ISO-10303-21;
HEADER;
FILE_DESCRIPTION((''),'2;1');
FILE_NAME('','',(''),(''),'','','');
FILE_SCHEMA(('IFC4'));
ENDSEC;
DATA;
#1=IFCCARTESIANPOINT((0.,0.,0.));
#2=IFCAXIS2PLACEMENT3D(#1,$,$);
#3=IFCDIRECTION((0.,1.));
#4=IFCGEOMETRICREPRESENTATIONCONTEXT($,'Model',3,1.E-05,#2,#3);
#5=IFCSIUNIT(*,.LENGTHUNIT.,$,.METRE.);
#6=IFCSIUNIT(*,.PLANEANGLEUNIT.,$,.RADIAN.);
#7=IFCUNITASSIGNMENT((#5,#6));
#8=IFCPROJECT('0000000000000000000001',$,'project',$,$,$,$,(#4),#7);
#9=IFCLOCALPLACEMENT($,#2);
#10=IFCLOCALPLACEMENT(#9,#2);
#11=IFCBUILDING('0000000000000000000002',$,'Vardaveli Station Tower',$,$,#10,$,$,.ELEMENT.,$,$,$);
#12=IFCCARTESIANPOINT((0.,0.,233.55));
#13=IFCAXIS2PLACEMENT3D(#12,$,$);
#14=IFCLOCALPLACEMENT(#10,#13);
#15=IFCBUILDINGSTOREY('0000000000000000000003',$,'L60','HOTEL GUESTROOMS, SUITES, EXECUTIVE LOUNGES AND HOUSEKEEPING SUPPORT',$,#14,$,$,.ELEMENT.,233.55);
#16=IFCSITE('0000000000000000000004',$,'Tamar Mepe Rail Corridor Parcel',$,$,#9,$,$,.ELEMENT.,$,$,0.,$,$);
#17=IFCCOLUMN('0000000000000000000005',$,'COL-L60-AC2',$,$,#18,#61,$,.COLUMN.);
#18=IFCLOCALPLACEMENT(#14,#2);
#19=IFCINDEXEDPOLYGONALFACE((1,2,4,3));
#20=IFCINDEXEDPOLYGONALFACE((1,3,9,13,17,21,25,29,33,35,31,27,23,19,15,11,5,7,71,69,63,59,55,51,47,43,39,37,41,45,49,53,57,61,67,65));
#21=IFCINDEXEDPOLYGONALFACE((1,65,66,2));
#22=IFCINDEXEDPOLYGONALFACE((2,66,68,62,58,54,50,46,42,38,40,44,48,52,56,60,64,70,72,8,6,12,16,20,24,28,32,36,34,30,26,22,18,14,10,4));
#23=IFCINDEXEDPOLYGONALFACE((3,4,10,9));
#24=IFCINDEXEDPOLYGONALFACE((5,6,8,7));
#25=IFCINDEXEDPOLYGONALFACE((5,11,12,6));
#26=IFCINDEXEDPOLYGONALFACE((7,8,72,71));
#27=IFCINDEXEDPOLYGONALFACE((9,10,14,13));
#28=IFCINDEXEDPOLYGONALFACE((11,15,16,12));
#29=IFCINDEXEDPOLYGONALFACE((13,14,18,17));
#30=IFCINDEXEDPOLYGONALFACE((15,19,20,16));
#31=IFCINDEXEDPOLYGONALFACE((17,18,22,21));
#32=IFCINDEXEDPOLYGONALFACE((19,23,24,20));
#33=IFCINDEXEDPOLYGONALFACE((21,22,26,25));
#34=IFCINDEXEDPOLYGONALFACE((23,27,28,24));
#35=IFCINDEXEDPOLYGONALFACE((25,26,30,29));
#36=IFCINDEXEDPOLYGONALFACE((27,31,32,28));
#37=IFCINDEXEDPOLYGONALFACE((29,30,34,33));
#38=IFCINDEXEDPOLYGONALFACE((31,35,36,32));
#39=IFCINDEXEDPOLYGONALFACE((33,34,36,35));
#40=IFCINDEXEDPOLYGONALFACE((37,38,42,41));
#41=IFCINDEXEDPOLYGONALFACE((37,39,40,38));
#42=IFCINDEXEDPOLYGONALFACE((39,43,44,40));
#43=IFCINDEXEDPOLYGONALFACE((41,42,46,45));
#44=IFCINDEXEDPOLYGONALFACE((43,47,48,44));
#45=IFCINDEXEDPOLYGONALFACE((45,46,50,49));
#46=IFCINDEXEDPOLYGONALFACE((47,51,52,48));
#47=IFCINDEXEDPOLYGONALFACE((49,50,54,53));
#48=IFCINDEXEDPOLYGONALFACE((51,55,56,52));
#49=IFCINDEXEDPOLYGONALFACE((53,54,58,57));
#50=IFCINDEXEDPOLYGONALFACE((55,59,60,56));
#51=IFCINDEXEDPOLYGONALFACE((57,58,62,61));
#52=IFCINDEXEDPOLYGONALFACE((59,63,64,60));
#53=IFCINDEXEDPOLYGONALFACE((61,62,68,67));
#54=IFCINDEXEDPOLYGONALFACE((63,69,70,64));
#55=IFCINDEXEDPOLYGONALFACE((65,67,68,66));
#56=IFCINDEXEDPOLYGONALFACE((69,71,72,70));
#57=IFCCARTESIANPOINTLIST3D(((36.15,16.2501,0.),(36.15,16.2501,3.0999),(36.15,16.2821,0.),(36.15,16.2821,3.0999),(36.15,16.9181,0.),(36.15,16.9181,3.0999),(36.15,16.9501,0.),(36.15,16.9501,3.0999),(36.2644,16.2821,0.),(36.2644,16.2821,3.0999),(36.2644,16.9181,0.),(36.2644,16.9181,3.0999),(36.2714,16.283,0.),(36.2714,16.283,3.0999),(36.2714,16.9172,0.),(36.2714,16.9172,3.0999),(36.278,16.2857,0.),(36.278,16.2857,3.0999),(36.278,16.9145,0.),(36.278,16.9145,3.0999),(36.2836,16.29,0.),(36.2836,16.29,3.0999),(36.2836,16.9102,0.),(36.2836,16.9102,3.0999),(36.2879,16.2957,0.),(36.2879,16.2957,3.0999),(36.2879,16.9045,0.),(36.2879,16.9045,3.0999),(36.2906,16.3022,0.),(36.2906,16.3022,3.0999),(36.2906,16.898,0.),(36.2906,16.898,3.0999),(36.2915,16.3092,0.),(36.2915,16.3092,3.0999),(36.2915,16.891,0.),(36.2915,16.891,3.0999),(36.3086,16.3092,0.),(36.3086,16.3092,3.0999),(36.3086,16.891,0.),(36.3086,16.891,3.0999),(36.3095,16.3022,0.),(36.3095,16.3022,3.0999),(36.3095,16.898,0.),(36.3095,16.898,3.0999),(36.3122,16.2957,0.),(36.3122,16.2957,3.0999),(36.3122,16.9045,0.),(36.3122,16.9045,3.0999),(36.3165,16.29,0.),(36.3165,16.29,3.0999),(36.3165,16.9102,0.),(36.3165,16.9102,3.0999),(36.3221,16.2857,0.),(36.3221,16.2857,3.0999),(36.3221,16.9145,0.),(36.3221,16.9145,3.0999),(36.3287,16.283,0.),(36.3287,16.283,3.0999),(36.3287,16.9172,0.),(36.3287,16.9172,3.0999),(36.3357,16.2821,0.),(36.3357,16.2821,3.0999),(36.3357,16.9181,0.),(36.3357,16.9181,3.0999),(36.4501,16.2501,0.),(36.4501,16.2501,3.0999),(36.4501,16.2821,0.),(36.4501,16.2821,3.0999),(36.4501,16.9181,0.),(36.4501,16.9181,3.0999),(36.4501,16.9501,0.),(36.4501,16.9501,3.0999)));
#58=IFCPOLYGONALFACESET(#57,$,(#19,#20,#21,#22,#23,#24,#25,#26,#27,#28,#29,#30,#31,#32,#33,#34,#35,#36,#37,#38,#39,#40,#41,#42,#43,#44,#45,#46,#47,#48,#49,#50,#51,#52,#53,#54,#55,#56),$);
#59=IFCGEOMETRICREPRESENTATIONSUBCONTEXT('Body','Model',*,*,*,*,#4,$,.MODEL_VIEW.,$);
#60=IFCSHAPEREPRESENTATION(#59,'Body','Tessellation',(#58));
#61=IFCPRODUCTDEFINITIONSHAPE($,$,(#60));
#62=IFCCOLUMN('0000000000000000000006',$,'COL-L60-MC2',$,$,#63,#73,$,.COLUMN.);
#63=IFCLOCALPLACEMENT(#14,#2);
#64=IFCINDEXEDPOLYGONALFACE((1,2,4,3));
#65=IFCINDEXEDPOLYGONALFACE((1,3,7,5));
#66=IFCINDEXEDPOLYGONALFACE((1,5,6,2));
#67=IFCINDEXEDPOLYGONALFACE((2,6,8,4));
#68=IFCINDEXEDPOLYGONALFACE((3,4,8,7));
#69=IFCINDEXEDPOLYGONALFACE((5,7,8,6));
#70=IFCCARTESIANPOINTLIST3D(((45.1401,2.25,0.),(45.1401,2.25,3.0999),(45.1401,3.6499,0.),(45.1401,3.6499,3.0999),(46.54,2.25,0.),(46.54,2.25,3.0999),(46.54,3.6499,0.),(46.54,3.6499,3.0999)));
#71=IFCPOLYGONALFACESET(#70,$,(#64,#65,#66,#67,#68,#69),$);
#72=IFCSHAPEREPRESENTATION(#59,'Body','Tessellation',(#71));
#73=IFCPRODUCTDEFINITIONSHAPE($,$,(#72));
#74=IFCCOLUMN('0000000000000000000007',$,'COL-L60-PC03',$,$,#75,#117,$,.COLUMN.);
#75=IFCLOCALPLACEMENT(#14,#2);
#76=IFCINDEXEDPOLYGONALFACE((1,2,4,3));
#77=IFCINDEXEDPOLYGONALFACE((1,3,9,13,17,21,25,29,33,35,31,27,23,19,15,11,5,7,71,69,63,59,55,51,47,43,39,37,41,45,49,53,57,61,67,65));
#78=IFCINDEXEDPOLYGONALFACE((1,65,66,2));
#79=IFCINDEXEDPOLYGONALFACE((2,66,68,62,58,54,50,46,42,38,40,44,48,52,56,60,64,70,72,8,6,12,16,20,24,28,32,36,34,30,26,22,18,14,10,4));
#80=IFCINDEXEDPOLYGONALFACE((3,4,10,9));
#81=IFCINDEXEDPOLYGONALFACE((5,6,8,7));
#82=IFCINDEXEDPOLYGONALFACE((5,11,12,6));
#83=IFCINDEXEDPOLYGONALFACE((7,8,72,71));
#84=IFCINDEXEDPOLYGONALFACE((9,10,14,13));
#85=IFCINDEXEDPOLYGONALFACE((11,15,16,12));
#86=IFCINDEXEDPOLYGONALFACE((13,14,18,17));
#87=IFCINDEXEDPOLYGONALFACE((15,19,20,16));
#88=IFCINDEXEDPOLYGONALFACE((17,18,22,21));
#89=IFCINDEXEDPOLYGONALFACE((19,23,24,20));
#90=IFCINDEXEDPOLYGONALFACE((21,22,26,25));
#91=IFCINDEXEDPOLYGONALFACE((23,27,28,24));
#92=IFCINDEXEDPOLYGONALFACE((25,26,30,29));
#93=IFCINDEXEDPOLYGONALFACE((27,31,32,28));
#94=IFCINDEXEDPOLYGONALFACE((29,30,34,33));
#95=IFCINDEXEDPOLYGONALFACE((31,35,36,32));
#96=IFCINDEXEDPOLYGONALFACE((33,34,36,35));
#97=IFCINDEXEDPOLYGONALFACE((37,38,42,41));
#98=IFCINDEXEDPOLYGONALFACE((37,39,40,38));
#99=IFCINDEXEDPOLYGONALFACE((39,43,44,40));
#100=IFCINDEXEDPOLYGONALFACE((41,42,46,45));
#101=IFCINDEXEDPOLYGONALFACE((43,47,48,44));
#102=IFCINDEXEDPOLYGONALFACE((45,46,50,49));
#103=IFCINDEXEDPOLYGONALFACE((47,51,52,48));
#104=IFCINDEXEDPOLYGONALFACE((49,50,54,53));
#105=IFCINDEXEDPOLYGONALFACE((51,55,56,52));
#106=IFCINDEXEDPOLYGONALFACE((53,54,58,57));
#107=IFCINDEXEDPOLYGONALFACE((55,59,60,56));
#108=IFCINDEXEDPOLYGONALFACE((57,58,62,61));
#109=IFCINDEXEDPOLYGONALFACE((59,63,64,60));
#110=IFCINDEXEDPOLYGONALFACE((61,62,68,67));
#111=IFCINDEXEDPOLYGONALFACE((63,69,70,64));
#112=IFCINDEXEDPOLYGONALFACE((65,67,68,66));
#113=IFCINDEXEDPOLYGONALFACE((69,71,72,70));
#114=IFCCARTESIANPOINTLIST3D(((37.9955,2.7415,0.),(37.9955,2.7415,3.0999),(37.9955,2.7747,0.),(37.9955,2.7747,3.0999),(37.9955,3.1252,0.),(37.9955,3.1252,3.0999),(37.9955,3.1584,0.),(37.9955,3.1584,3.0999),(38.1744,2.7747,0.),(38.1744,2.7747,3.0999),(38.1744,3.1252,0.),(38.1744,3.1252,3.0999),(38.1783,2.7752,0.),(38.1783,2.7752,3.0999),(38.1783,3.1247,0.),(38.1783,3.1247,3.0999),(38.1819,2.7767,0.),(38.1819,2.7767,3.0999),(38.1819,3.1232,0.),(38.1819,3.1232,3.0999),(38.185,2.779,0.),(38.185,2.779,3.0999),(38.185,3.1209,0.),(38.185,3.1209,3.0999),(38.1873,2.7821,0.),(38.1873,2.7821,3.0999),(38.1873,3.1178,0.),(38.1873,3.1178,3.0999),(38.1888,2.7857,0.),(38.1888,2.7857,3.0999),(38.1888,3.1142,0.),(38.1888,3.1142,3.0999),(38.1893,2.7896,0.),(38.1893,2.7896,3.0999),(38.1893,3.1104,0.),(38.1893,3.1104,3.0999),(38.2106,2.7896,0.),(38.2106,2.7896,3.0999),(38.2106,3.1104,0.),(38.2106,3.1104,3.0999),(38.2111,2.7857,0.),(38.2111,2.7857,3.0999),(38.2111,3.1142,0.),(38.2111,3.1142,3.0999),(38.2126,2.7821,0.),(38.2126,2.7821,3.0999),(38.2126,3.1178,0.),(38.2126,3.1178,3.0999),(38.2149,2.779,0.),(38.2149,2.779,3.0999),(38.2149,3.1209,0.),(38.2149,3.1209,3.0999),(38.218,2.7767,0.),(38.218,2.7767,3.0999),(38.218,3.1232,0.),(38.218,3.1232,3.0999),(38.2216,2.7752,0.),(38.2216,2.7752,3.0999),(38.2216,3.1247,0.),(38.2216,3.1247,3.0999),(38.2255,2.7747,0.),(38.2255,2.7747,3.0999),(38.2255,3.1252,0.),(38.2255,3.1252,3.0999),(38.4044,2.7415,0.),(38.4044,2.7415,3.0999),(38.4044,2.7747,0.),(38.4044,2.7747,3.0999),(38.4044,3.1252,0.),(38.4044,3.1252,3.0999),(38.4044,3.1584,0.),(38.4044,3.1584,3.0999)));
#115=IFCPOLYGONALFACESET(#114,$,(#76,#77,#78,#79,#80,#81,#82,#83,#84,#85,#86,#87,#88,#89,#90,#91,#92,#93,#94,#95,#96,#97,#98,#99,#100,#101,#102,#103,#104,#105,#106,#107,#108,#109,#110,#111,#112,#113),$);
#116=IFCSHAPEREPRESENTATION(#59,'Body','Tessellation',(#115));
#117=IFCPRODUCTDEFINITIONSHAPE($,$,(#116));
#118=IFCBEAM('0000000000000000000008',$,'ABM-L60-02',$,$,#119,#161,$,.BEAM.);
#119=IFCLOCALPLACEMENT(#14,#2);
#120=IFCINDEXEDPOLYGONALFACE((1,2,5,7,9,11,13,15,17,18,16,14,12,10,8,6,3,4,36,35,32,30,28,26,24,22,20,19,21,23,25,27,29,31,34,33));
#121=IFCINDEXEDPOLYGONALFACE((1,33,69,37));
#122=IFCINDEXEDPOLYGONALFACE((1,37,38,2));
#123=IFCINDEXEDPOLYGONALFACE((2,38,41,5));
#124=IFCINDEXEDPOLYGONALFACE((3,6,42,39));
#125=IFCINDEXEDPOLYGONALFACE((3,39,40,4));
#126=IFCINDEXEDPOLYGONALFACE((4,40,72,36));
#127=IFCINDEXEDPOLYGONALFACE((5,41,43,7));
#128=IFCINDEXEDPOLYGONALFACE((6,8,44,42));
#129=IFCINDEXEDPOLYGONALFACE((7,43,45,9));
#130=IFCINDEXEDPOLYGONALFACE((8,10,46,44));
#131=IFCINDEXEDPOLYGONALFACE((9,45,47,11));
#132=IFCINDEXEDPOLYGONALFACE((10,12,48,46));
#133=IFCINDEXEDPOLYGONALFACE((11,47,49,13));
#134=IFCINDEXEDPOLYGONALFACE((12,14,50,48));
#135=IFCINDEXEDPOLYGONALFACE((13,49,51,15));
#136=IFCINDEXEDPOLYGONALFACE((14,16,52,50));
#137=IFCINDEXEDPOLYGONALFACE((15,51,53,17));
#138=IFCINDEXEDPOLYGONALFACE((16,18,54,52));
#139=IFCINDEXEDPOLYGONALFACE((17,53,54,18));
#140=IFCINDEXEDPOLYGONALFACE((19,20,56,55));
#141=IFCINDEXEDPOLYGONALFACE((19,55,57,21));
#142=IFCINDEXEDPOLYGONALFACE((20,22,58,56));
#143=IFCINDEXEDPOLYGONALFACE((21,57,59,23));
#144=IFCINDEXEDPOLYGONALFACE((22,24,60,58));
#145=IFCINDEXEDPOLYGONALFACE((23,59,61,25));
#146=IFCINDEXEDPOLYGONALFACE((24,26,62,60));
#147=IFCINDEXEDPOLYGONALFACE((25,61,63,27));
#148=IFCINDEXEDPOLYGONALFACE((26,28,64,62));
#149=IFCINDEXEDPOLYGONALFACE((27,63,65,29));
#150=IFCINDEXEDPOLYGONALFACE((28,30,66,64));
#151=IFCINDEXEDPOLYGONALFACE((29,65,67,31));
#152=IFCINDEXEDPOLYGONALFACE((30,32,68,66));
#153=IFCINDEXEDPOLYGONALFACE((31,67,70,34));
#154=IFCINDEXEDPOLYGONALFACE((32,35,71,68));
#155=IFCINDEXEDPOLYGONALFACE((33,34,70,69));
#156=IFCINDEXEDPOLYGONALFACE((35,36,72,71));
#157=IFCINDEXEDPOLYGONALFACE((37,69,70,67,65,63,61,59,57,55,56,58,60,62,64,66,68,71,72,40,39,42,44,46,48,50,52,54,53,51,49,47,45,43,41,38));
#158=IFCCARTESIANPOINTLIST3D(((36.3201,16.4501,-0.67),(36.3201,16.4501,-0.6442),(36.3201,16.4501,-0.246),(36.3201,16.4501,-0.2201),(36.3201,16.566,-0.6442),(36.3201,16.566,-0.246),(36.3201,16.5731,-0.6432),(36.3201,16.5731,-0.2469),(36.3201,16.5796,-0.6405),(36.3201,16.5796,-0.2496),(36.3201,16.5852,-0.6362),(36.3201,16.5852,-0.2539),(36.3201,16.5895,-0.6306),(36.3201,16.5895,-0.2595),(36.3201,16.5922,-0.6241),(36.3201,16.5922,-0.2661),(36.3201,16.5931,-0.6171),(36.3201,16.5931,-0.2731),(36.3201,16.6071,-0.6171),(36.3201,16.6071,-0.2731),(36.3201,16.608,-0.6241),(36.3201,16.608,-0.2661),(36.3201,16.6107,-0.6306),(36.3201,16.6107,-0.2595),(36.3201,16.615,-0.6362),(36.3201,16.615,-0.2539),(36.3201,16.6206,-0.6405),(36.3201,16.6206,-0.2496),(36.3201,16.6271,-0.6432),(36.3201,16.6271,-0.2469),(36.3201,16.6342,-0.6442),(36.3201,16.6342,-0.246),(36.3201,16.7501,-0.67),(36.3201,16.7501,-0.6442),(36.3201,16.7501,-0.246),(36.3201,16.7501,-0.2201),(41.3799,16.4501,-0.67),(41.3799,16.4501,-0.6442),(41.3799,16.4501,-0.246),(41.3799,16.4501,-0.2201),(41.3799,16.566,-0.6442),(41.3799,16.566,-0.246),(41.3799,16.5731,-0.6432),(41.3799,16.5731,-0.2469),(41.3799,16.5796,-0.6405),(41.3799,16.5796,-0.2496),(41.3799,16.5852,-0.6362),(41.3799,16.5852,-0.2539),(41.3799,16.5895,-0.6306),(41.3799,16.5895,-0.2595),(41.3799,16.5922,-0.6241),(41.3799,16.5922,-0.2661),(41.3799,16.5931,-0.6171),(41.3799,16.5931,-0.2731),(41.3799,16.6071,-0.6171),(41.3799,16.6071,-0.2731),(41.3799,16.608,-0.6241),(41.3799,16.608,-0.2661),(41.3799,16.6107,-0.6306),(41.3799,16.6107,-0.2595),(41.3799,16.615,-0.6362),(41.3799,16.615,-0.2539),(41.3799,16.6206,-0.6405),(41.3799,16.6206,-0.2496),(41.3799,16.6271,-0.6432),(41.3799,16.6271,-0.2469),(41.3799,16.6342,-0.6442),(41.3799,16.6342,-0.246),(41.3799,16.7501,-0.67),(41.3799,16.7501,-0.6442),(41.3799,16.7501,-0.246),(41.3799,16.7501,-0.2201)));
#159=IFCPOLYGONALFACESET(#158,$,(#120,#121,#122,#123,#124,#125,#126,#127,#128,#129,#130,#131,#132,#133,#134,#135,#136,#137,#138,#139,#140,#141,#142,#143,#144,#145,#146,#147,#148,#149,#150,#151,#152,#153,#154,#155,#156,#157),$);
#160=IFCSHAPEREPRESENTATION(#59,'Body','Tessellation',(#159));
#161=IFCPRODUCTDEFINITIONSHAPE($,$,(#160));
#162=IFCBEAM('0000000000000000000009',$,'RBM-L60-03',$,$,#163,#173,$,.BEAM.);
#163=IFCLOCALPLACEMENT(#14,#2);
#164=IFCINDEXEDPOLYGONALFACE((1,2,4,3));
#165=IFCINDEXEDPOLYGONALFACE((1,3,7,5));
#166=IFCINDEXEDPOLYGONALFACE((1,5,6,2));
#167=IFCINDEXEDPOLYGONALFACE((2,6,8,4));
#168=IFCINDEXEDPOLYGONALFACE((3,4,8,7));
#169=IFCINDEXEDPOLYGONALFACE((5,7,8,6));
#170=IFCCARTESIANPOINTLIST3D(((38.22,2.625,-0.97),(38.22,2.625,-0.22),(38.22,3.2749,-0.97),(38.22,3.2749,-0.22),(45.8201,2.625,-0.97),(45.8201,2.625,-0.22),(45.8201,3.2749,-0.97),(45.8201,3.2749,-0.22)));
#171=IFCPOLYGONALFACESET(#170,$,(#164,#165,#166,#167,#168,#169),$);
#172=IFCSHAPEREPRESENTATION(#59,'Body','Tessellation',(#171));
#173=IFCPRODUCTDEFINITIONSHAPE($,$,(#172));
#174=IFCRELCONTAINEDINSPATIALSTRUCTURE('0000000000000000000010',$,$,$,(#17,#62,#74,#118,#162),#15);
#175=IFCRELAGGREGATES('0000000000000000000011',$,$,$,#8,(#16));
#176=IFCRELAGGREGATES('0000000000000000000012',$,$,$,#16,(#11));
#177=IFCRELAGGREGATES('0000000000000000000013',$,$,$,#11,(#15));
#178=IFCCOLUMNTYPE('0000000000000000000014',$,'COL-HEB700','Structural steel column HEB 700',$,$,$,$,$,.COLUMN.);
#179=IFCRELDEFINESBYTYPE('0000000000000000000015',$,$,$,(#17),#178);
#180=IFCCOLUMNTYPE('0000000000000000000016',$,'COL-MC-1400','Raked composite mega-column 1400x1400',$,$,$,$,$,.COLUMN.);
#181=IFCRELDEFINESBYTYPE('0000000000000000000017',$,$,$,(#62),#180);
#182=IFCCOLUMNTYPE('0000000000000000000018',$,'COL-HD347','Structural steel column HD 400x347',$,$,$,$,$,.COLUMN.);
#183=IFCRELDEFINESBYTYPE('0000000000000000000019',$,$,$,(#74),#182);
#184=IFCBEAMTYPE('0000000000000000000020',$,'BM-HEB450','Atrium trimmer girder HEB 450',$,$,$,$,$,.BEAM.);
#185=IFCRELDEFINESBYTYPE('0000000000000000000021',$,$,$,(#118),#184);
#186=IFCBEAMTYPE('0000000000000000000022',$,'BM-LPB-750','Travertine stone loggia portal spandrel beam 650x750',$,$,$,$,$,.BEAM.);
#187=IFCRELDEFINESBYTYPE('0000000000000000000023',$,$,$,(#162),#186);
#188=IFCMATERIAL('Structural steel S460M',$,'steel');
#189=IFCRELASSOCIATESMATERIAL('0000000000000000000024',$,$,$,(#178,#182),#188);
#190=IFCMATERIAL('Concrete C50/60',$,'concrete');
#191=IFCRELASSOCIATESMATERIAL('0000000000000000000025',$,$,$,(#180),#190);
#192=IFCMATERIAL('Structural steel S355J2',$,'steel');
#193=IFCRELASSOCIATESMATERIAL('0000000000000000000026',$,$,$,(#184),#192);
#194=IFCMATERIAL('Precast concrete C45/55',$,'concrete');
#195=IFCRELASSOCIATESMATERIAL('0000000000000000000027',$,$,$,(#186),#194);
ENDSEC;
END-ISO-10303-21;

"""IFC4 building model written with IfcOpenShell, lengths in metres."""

from ifc_helpers import new_model, si_unit, direction, frame, origin, origin_2d, place, context, subcontext, project, spatial, rectangle, i_section, extrude, source, transform, mapped, material, material_profile, profile_set, type_object, element, save


model = new_model("IFC4")

# Units and contexts
model_context = context("Model", 3, precision=1e-05, world=origin(), true_north=direction((0.0, 1.0)))
body_context = subcontext(model_context, "Body", "Model", "MODEL_VIEW")
ifc_project = project(units=[si_unit("LENGTHUNIT", "METRE"), si_unit("PLANEANGLEUNIT", "RADIAN")], contexts=[model_context])

# Site, building, storey
site_placement = place(None, origin())
site = spatial("IfcSite", under=ifc_project, at=site_placement, Name="Tamar Mepe Rail Corridor Parcel", CompositionType="ELEMENT", RefElevation=0.0)
building_placement = place(site_placement, origin())
building = spatial("IfcBuilding", under=site, at=building_placement, Name="Vardaveli Station Tower", CompositionType="ELEMENT")
storey_placement = place(building_placement, frame((0.0, 0.0, 233.55)))
storey = spatial("IfcBuildingStorey", under=building, at=storey_placement, Name="L60", Description="HOTEL GUESTROOMS, SUITES, EXECUTIVE LOUNGES AND HOUSEKEEPING SUPPORT", CompositionType="ELEMENT", Elevation=233.55)

# Columns
ifc_material_1 = material(Name="Structural steel S460M", Category="steel")
ifc_material_profile_1 = material_profile(ifc_material_1, i_section(OverallWidth=0.3, OverallDepth=0.7, WebThickness=0.0171, FlangeThickness=0.032, FilletRadius=0.0271, at=origin_2d()), Name="HEB 700")
ifc_profile_set_1 = profile_set([ifc_material_profile_1], Name="Structural steel S460M")
column_type_1 = type_object("IfcColumnType", Name="COL-HEB700", Description="Structural steel column HEB 700", PredefinedType="COLUMN", material=ifc_profile_set_1)
shared_shape_1 = source(origin(), body_context, "Body", "SweptSolid", [
    extrude(i_section(OverallWidth=0.3, OverallDepth=0.7, WebThickness=0.0171, FlangeThickness=0.032, FilletRadius=0.0271, at=origin_2d()), origin(), (0.0, 0.0, 1.0), 3.0999),
])
column_1_placement = place(storey_placement, frame((36.3, 16.6001, 0.0), z_axis=(0.0, 0.0, 1.0), x_axis=(1.0, 0.0, 0.0)))
element("IfcColumn", 1, at=column_1_placement, inside=storey, type_object=column_type_1, Name="COL-L60-AC2", PredefinedType="COLUMN", context=body_context, shape_type="MappedRepresentation", body=[
    mapped(shared_shape_1, transform((0.0, 0.0, 0.0), scale=1.0)),
])
ifc_material_2 = material(Name="Concrete C50/60", Category="concrete")
ifc_material_profile_2 = material_profile(ifc_material_2, rectangle(XDim=1.3999, YDim=1.3999, at=origin_2d()), Name="MC 1400x1400")
ifc_profile_set_2 = profile_set([ifc_material_profile_2], Name="Concrete C50/60")
column_type_2 = type_object("IfcColumnType", Name="COL-MC-1400", Description="Raked composite mega-column 1400x1400", PredefinedType="COLUMN", material=ifc_profile_set_2)
shared_shape_2 = source(origin(), body_context, "Body", "SweptSolid", [
    extrude(rectangle(XDim=1.3999, YDim=1.3999, at=origin_2d()), origin(), (0.0, 0.0, 1.0), 3.0999),
])
column_2_placement = place(storey_placement, frame((45.8401, 2.95, 0.0), z_axis=(0.0, 0.0, 1.0), x_axis=(1.0, 0.0, 0.0)))
element("IfcColumn", 2, at=column_2_placement, inside=storey, type_object=column_type_2, Name="COL-L60-MC2", PredefinedType="COLUMN", context=body_context, shape_type="MappedRepresentation", body=[
    mapped(shared_shape_2, transform((0.0, 0.0, 0.0), scale=1.0)),
])
ifc_material_profile_3 = material_profile(ifc_material_1, i_section(OverallWidth=0.4089, OverallDepth=0.417, WebThickness=0.0212, FlangeThickness=0.0332, FilletRadius=0.0149, at=origin_2d()), Name="HD 400x347")
ifc_profile_set_3 = profile_set([ifc_material_profile_3], Name="Structural steel S460M")
column_type_3 = type_object("IfcColumnType", Name="COL-HD347", Description="Structural steel column HD 400x347", PredefinedType="COLUMN", material=ifc_profile_set_3)
shared_shape_3 = source(origin(), body_context, "Body", "SweptSolid", [
    extrude(i_section(OverallWidth=0.4089, OverallDepth=0.417, WebThickness=0.0212, FlangeThickness=0.0332, FilletRadius=0.0149, at=origin_2d()), origin(), (0.0, 0.0, 1.0), 3.0999),
])
column_3_placement = place(storey_placement, frame((38.2, 2.95, 0.0), z_axis=(0.0, 0.0, 1.0), x_axis=(1.0, 0.0, 0.0)))
element("IfcColumn", 3, at=column_3_placement, inside=storey, type_object=column_type_3, Name="COL-L60-PC03", PredefinedType="COLUMN", context=body_context, shape_type="MappedRepresentation", body=[
    mapped(shared_shape_3, transform((0.0, 0.0, 0.0), scale=1.0)),
])

# Beams
ifc_material_3 = material(Name="Structural steel S355J2", Category="steel")
ifc_material_profile_4 = material_profile(ifc_material_3, i_section(OverallWidth=0.3, OverallDepth=0.45, WebThickness=0.0139, FlangeThickness=0.0259, FilletRadius=0.0271, at=origin_2d()), Name="HEB 450")
ifc_profile_set_4 = profile_set([ifc_material_profile_4], Name="Structural steel S355J2")
beam_type_1 = type_object("IfcBeamType", Name="BM-HEB450", Description="Atrium trimmer girder HEB 450", PredefinedType="BEAM", material=ifc_profile_set_4)
shared_shape_4 = source(origin(), body_context, "Body", "SweptSolid", [
    extrude(i_section(OverallWidth=0.3, OverallDepth=0.45, WebThickness=0.0139, FlangeThickness=0.0259, FilletRadius=0.0271, at=origin_2d()), origin(), (0.0, 0.0, 1.0), 5.0598),
])
beam_1_placement = place(storey_placement, frame((36.3201, 16.6001, -0.4451), z_axis=(1.0, 0.0, 0.0), x_axis=(0.0, 1.0, 0.0)))
element("IfcBeam", 4, at=beam_1_placement, inside=storey, type_object=beam_type_1, Name="ABM-L60-02", PredefinedType="BEAM", context=body_context, shape_type="MappedRepresentation", body=[
    mapped(shared_shape_4, transform((0.0, 0.0, 0.0), scale=1.0)),
])
ifc_material_4 = material(Name="Precast concrete C45/55", Category="concrete")
ifc_material_profile_5 = material_profile(ifc_material_4, rectangle(XDim=0.6499, YDim=0.75, at=origin_2d()), Name="LPB 650x750")
ifc_profile_set_5 = profile_set([ifc_material_profile_5], Name="Precast concrete C45/55")
beam_type_2 = type_object("IfcBeamType", Name="BM-LPB-750", Description="Travertine stone loggia portal spandrel beam 650x750", PredefinedType="BEAM", material=ifc_profile_set_5)
shared_shape_5 = source(origin(), body_context, "Body", "SweptSolid", [
    extrude(rectangle(XDim=0.6499, YDim=0.75, at=origin_2d()), origin(), (0.0, 0.0, 1.0), 7.6001),
])
beam_2_placement = place(storey_placement, frame((38.22, 2.95, -0.595), z_axis=(1.0, 0.0, 0.0), x_axis=(0.0, 1.0, 0.0)))
element("IfcBeam", 5, at=beam_2_placement, inside=storey, type_object=beam_type_2, Name="RBM-L60-03", PredefinedType="BEAM", context=body_context, shape_type="MappedRepresentation", body=[
    mapped(shared_shape_5, transform((0.0, 0.0, 0.0), scale=1.0)),
])

save(model, "model.ifc")
